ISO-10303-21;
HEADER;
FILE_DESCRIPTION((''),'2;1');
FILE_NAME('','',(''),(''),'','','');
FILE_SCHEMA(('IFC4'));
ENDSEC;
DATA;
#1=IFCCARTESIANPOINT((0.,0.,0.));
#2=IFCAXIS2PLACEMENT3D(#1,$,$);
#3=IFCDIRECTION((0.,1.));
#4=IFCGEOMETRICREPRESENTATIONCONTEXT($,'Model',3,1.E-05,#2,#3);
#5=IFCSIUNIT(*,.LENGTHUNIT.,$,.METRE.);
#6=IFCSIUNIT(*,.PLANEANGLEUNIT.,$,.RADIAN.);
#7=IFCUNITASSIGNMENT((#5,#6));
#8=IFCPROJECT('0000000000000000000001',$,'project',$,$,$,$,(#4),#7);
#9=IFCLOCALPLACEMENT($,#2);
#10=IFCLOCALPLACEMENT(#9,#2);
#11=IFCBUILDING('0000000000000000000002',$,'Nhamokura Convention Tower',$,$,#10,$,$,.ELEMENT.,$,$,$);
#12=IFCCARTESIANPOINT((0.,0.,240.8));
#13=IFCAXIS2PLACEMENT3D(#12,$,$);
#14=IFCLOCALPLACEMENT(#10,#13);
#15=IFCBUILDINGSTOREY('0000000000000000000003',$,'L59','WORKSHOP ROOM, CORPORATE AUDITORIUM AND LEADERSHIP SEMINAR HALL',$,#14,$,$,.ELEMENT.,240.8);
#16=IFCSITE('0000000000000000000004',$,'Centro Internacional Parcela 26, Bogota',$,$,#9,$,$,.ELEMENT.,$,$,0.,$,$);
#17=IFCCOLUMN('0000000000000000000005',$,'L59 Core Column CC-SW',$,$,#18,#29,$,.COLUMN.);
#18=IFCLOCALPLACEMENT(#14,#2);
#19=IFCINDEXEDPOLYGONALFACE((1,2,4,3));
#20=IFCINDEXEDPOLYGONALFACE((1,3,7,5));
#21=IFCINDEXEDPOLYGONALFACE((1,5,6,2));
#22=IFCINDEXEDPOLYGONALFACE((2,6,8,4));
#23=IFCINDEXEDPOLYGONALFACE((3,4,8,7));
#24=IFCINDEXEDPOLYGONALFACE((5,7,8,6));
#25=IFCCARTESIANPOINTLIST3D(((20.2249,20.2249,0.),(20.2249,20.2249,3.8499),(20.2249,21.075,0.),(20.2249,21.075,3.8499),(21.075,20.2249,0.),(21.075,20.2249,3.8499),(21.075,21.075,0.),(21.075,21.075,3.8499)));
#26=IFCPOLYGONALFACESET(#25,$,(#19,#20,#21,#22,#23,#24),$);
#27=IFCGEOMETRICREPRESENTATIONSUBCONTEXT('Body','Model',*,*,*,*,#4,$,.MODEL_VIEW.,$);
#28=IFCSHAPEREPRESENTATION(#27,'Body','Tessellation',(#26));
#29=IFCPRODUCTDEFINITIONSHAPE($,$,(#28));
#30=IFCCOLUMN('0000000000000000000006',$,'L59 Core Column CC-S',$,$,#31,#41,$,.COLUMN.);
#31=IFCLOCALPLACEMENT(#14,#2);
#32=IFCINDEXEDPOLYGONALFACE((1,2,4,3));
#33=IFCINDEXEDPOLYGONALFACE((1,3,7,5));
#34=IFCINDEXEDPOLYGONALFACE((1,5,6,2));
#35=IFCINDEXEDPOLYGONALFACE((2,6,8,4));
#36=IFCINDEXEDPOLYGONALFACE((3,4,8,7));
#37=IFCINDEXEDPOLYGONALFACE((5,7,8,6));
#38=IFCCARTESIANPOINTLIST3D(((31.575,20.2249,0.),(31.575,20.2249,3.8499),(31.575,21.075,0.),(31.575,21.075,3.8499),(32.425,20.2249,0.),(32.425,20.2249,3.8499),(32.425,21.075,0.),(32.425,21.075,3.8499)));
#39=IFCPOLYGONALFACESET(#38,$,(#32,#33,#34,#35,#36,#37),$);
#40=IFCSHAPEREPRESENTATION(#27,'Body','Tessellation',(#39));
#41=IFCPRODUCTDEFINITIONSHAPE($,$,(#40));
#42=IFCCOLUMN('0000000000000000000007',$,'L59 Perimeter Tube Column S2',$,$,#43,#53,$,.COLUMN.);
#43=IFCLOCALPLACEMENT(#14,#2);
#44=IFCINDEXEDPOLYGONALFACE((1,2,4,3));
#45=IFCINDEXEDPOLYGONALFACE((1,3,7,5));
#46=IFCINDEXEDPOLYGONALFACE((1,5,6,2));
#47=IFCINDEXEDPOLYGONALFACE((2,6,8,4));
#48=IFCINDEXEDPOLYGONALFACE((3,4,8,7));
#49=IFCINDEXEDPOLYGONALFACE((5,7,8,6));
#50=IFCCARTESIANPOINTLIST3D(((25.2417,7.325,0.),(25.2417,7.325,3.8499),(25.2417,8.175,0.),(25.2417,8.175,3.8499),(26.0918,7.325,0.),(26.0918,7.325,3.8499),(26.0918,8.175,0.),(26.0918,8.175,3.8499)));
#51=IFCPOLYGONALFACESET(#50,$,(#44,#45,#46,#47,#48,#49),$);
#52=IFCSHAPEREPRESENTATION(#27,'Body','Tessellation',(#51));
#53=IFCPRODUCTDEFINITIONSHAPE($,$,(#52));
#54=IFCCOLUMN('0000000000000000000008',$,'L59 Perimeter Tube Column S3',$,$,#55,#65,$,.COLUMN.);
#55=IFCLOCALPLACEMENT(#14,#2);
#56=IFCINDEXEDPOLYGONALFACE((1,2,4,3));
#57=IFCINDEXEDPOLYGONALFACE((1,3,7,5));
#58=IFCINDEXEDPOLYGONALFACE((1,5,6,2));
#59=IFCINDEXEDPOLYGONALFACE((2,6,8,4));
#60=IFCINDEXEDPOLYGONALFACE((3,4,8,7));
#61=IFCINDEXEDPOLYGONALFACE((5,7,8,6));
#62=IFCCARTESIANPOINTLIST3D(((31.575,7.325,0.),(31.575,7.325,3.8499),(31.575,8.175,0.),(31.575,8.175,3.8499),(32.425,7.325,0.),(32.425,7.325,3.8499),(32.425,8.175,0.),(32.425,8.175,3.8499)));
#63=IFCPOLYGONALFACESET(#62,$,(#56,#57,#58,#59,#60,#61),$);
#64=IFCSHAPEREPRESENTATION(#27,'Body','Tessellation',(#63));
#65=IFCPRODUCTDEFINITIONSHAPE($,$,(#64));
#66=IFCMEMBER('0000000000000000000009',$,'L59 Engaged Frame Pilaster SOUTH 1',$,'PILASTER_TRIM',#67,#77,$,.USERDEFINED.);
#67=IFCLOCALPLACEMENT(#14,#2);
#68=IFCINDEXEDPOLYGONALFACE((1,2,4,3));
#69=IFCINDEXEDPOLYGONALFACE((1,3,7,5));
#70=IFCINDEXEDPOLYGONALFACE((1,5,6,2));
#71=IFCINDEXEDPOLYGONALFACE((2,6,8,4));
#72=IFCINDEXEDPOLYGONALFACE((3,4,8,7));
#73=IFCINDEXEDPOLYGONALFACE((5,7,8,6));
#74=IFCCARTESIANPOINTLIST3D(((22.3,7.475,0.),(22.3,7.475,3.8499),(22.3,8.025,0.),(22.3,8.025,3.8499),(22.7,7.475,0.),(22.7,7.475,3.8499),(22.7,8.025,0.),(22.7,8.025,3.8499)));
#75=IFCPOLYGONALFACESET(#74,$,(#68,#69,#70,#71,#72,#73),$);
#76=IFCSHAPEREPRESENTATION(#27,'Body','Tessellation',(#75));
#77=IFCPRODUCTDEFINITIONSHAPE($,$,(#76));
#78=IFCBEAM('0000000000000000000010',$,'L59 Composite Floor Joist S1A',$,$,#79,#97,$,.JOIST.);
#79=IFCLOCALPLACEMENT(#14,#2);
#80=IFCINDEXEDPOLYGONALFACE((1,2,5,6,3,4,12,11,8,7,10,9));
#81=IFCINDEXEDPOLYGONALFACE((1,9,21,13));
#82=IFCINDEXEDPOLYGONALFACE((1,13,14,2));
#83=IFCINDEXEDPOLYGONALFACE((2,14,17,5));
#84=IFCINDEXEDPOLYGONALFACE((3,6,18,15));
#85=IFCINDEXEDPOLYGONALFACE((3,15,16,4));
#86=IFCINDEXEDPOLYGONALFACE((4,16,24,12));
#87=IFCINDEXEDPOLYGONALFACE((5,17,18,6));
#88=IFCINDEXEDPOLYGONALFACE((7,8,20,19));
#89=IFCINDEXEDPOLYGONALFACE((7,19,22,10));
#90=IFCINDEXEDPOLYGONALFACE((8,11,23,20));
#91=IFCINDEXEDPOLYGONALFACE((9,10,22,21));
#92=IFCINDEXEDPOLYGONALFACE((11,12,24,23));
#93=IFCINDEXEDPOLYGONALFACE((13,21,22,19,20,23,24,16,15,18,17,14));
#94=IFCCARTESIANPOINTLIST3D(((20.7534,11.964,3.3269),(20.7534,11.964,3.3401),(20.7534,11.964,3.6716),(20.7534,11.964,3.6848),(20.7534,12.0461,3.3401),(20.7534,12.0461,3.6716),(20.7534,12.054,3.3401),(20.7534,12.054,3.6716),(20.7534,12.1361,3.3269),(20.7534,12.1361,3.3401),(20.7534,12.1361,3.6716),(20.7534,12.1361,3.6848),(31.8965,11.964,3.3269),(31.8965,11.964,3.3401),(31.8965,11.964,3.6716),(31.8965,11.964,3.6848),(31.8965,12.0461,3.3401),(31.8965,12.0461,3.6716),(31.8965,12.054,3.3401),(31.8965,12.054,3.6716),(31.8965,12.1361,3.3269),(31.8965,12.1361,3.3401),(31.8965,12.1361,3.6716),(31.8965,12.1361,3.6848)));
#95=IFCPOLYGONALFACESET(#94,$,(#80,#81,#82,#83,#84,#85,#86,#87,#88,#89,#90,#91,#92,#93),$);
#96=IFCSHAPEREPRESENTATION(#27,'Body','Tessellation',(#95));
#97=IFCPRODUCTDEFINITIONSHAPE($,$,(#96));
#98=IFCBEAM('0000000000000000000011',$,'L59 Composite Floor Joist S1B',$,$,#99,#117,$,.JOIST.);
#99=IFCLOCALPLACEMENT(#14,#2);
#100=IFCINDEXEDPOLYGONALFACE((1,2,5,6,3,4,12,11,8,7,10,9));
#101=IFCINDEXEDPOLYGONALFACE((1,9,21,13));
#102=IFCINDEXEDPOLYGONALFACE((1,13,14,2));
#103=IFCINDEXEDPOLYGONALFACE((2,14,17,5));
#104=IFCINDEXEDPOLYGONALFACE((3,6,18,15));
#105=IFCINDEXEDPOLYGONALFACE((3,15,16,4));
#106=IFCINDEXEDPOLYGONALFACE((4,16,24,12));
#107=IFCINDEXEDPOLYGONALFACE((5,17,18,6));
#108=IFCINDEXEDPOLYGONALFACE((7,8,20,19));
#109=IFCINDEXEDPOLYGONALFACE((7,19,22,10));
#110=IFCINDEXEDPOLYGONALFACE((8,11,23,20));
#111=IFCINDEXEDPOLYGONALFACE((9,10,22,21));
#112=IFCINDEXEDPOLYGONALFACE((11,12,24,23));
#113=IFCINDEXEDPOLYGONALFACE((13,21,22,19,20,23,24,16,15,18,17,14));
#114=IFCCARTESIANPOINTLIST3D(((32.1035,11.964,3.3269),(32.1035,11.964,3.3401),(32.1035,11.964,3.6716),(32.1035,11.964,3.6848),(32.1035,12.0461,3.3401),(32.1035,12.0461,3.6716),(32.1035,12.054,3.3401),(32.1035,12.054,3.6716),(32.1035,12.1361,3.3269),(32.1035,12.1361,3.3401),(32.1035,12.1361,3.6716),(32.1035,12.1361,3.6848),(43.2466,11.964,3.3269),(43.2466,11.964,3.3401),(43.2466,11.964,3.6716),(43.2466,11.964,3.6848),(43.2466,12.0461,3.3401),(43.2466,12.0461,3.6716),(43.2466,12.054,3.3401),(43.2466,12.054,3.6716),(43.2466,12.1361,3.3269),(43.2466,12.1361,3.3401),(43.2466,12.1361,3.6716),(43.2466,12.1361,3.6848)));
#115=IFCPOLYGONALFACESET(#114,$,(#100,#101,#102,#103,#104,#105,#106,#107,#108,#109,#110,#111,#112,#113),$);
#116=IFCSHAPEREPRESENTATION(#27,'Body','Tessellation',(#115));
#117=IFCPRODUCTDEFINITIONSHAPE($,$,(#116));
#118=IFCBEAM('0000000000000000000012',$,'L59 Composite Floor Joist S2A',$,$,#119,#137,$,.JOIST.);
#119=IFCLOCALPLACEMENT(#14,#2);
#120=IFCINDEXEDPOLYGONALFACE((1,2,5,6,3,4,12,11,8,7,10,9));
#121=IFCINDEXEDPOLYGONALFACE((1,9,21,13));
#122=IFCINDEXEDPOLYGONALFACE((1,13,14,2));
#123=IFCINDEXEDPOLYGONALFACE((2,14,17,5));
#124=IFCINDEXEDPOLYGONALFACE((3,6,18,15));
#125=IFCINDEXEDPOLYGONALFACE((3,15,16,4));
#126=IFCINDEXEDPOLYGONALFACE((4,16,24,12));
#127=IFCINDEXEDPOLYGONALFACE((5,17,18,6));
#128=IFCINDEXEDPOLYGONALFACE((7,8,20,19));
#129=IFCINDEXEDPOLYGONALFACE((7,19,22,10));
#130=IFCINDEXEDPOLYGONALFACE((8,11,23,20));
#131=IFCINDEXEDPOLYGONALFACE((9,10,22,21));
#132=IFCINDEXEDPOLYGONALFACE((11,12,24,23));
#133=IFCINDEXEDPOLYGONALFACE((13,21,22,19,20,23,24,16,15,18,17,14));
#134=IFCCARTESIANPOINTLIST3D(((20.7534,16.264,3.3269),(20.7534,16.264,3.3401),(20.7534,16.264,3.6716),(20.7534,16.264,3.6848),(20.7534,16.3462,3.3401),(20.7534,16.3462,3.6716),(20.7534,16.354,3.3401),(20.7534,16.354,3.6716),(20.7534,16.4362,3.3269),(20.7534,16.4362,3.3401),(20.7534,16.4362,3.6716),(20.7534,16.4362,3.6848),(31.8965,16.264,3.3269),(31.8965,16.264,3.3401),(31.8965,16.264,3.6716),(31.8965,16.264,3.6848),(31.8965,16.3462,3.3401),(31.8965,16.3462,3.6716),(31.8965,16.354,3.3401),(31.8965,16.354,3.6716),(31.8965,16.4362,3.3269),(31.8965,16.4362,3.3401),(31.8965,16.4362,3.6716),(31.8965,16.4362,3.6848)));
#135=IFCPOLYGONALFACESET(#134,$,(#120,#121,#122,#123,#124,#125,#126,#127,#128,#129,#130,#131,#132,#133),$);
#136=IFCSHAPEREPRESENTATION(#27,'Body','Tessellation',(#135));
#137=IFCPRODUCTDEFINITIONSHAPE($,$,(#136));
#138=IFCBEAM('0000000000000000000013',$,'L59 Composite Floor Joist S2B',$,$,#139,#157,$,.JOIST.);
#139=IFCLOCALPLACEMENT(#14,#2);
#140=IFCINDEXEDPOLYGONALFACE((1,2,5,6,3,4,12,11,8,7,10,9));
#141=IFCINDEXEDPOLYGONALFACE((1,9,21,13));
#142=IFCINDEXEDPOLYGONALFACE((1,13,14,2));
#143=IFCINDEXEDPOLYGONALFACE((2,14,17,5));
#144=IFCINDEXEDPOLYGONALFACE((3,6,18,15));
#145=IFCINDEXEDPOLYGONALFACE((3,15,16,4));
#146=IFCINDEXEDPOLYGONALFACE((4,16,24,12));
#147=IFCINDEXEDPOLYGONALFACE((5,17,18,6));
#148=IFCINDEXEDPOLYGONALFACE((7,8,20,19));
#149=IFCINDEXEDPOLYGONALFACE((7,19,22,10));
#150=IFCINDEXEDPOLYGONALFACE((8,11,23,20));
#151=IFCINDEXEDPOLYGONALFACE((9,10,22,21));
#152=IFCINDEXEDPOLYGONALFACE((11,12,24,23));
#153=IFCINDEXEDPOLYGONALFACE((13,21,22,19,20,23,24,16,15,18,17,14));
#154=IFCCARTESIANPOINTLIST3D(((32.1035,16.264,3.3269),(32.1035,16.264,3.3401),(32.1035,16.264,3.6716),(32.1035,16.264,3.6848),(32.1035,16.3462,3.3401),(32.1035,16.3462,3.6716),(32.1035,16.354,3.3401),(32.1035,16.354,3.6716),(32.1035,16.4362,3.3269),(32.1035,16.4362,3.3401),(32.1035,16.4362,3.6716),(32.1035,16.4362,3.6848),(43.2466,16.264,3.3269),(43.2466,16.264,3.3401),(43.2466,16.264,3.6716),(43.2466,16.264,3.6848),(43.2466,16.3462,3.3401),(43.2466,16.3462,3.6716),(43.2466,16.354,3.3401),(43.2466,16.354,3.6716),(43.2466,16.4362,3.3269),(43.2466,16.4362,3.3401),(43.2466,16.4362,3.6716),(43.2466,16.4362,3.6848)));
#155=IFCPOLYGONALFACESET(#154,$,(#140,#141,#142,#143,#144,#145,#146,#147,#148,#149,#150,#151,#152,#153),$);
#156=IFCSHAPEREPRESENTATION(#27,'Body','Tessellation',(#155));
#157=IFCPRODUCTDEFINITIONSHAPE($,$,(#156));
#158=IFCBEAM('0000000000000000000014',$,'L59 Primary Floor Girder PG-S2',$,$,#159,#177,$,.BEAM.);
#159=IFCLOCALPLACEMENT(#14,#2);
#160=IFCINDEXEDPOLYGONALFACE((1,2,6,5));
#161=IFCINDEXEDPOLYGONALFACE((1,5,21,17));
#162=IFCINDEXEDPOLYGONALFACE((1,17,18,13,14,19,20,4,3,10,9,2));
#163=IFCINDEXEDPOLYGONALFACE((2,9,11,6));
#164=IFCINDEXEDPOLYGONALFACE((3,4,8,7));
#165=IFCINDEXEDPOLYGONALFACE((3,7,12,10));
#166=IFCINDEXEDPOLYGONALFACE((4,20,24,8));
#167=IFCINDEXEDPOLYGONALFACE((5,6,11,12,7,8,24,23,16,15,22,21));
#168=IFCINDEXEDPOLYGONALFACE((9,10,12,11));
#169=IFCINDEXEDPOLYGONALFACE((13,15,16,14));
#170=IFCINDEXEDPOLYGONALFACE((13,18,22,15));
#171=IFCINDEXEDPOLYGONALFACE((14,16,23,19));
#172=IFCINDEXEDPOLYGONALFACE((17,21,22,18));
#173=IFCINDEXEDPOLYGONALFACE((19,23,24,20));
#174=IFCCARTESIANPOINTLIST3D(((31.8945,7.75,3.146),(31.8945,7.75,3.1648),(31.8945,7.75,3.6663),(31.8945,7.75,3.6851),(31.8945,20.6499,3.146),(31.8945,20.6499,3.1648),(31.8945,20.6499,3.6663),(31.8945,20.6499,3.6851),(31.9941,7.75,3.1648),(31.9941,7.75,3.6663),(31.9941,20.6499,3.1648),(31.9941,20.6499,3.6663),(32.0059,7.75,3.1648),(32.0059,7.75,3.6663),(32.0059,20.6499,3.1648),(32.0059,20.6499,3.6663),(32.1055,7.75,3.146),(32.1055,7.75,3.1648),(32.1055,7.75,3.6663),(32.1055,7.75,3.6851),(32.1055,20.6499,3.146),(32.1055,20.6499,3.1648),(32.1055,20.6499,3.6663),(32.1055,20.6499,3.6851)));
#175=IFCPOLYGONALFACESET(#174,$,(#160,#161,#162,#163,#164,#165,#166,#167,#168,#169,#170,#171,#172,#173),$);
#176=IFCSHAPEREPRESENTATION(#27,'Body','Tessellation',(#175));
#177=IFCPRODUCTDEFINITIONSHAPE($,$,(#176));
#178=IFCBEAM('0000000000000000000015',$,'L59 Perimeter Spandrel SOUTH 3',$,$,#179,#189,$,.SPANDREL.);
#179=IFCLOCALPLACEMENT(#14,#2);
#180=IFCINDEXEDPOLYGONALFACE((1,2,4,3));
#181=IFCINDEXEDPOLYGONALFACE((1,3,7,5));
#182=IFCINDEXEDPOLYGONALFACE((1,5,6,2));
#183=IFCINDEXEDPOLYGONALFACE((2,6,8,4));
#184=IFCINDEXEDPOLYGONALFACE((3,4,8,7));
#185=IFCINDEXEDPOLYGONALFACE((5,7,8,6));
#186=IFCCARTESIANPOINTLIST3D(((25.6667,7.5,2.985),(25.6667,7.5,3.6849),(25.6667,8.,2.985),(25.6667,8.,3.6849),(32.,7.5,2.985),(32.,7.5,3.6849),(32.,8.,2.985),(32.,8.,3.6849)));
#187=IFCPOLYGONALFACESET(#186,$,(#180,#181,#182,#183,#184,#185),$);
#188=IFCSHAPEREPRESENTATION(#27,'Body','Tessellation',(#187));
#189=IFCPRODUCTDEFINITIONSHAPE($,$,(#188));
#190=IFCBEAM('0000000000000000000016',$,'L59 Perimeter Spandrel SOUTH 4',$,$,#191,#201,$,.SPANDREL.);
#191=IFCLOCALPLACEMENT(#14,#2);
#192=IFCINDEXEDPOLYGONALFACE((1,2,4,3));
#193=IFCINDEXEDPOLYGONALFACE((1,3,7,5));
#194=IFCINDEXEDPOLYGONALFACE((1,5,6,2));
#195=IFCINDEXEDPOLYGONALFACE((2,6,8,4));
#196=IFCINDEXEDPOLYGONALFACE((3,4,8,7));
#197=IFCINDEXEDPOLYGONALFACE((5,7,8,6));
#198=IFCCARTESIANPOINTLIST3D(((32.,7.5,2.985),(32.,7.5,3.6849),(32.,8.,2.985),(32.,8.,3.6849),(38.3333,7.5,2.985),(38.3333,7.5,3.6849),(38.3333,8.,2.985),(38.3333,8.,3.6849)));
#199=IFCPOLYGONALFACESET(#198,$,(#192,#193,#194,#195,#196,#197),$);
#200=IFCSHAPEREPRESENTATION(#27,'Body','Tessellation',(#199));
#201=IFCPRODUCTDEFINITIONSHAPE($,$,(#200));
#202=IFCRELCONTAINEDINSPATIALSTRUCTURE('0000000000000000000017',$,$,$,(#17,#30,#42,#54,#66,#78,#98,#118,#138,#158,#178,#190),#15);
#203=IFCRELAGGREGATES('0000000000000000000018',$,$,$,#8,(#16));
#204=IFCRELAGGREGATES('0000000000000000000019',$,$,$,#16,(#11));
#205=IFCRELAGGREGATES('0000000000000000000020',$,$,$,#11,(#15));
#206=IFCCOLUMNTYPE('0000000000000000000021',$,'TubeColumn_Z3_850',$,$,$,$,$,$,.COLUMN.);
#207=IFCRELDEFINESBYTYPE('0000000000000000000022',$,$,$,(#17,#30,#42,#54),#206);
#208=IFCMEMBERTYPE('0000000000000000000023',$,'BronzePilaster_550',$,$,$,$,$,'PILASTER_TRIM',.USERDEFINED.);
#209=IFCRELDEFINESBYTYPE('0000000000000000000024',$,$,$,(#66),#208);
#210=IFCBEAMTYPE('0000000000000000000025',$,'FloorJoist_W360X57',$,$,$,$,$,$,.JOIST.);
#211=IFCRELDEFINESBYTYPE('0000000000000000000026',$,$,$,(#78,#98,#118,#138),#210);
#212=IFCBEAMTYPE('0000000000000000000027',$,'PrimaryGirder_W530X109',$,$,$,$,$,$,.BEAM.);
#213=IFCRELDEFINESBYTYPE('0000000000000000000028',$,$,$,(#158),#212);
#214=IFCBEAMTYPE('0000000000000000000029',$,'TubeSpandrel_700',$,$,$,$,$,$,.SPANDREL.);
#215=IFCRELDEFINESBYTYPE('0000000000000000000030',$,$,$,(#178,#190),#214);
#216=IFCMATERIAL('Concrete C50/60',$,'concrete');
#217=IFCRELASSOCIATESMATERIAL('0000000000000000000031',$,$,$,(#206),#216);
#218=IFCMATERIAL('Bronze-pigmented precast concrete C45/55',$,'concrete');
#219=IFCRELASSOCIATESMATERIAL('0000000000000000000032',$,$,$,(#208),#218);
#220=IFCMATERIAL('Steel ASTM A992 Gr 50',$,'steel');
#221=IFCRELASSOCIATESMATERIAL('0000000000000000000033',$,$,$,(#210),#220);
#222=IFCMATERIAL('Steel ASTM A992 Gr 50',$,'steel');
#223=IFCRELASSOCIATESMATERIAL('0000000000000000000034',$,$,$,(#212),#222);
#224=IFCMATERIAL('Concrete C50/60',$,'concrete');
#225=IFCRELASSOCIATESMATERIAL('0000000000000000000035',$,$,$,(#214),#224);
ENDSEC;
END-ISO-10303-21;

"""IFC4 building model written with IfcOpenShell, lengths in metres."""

from ifc_helpers import new_model, si_unit, direction, frame, origin, origin_2d, place, context, subcontext, project, spatial, rectangle, i_section, extrude, material, material_profile, profile_set, type_object, element, save


model = new_model("IFC4")

# Units and contexts
model_context = context("Model", 3, precision=1e-05, world=origin(), true_north=direction((0.0, 1.0)))
body_context = subcontext(model_context, "Body", "Model", "MODEL_VIEW")
ifc_project = project(units=[si_unit("LENGTHUNIT", "METRE"), si_unit("PLANEANGLEUNIT", "RADIAN")], contexts=[model_context])

# Site, building, storey
site_placement = place(None, origin())
site = spatial("IfcSite", under=ifc_project, at=site_placement, Name="Centro Internacional Parcela 26, Bogota", CompositionType="ELEMENT", RefElevation=0.0)
building_placement = place(site_placement, origin())
building = spatial("IfcBuilding", under=site, at=building_placement, Name="Nhamokura Convention Tower", CompositionType="ELEMENT")
storey_placement = place(building_placement, frame((0.0, 0.0, 240.8)))
storey = spatial("IfcBuildingStorey", under=building, at=storey_placement, Name="L59", Description="WORKSHOP ROOM, CORPORATE AUDITORIUM AND LEADERSHIP SEMINAR HALL", CompositionType="ELEMENT", Elevation=240.8)

# Columns
ifc_material_1 = material(Name="Concrete C50/60", Category="concrete")
ifc_material_profile_1 = material_profile(ifc_material_1, rectangle(XDim=0.8501, YDim=0.8501, at=origin_2d()))
ifc_profile_set_1 = profile_set([ifc_material_profile_1], Name="Concrete C50/60")
column_type = type_object("IfcColumnType", Name="TubeColumn_Z3_850", PredefinedType="COLUMN", material=ifc_profile_set_1)
for number, where, z_axis, x_axis, name in (
    (1, (20.6499, 20.6499, 0.0), (0.0, 0.0, 1.0), (1.0, 0.0, 0.0), "L59 Core Column CC-SW"),
    (2, (32.0, 20.6499, 0.0), (0.0, 0.0, 1.0), (1.0, 0.0, 0.0), "L59 Core Column CC-S"),
    (3, (25.6667, 7.75, 0.0), (0.0, 0.0, 1.0), (1.0, 0.0, 0.0), "L59 Perimeter Tube Column S2"),
    (4, (32.0, 7.75, 0.0), (0.0, 0.0, 1.0), (1.0, 0.0, 0.0), "L59 Perimeter Tube Column S3"),
):
    element("IfcColumn", number, at=place(storey_placement, frame(where, z_axis=z_axis, x_axis=x_axis)), inside=storey, type_object=column_type, Name=name, PredefinedType="COLUMN", context=body_context, shape_type="SweptSolid", body=[
        extrude(rectangle(XDim=0.8501, YDim=0.8501, at=origin_2d()), origin(), (0.0, 0.0, 1.0), 3.8499),
    ])

# Member
ifc_material_2 = material(Name="Bronze-pigmented precast concrete C45/55", Category="concrete")
ifc_material_profile_2 = material_profile(ifc_material_2, rectangle(XDim=0.3999, YDim=0.55, at=origin_2d()))
ifc_profile_set_2 = profile_set([ifc_material_profile_2], Name="Bronze-pigmented precast concrete C45/55")
member_type = type_object("IfcMemberType", Name="BronzePilaster_550", ElementType="PILASTER_TRIM", PredefinedType="USERDEFINED", material=ifc_profile_set_2)
member_placement = place(storey_placement, frame((22.5, 7.75, 0.0), z_axis=(0.0, 0.0, 1.0), x_axis=(1.0, 0.0, 0.0)))
element("IfcMember", 5, at=member_placement, inside=storey, type_object=member_type, Name="L59 Engaged Frame Pilaster SOUTH 1", ObjectType="PILASTER_TRIM", PredefinedType="USERDEFINED", context=body_context, shape_type="SweptSolid", body=[
    extrude(rectangle(XDim=0.3999, YDim=0.55, at=origin_2d()), origin(), (0.0, 0.0, 1.0), 3.8499),
])

# Beams
ifc_material_3 = material(Name="Steel ASTM A992 Gr 50", Category="steel")
ifc_material_profile_3 = material_profile(ifc_material_3, i_section(OverallWidth=0.1721, OverallDepth=0.3579, WebThickness=0.0078, FlangeThickness=0.0132, at=origin_2d()))
ifc_profile_set_3 = profile_set([ifc_material_profile_3], Name="Steel ASTM A992 Gr 50")
beam_type_1 = type_object("IfcBeamType", Name="FloorJoist_W360X57", PredefinedType="JOIST", material=ifc_profile_set_3)
for number, where, z_axis, x_axis, name in (
    (6, (20.7534, 12.05, 3.5059), (1.0, 0.0, 0.0), (0.0, 1.0, 0.0), "L59 Composite Floor Joist S1A"),
    (7, (32.1035, 12.05, 3.5059), (1.0, 0.0, 0.0), (0.0, 1.0, 0.0), "L59 Composite Floor Joist S1B"),
    (8, (20.7534, 16.3501, 3.5059), (1.0, 0.0, 0.0), (0.0, 1.0, 0.0), "L59 Composite Floor Joist S2A"),
    (9, (32.1035, 16.3501, 3.5059), (1.0, 0.0, 0.0), (0.0, 1.0, 0.0), "L59 Composite Floor Joist S2B"),
):
    element("IfcBeam", number, at=place(storey_placement, frame(where, z_axis=z_axis, x_axis=x_axis)), inside=storey, type_object=beam_type_1, Name=name, PredefinedType="JOIST", context=body_context, shape_type="SweptSolid", body=[
        extrude(i_section(OverallWidth=0.1721, OverallDepth=0.3579, WebThickness=0.0078, FlangeThickness=0.0132, at=origin_2d()), origin(), (0.0, 0.0, 1.0), 11.1431),
    ])
ifc_material_4 = material(Name="Steel ASTM A992 Gr 50", Category="steel")
ifc_material_profile_4 = material_profile(ifc_material_4, i_section(OverallWidth=0.2109, OverallDepth=0.5391, WebThickness=0.0117, FlangeThickness=0.0188, at=origin_2d()))
ifc_profile_set_4 = profile_set([ifc_material_profile_4], Name="Steel ASTM A992 Gr 50")
beam_type_2 = type_object("IfcBeamType", Name="PrimaryGirder_W530X109", PredefinedType="BEAM", material=ifc_profile_set_4)
beam_placement = place(storey_placement, frame((32.0, 7.75, 3.4155), z_axis=(0.0, 1.0, 0.0), x_axis=(-1.0, 0.0, 0.0)))
element("IfcBeam", 10, at=beam_placement, inside=storey, type_object=beam_type_2, Name="L59 Primary Floor Girder PG-S2", PredefinedType="BEAM", context=body_context, shape_type="SweptSolid", body=[
    extrude(i_section(OverallWidth=0.2109, OverallDepth=0.5391, WebThickness=0.0117, FlangeThickness=0.0188, at=origin_2d()), origin(), (0.0, 0.0, 1.0), 12.8999),
])
ifc_material_5 = material(Name="Concrete C50/60", Category="concrete")
ifc_material_profile_5 = material_profile(ifc_material_5, rectangle(XDim=0.5, YDim=0.7, at=origin_2d()))
ifc_profile_set_5 = profile_set([ifc_material_profile_5], Name="Concrete C50/60")
beam_type_3 = type_object("IfcBeamType", Name="TubeSpandrel_700", PredefinedType="SPANDREL", material=ifc_profile_set_5)
for number, where, z_axis, x_axis, name in (
    (11, (25.6667, 7.75, 3.335), (1.0, 0.0, 0.0), (0.0, 1.0, 0.0), "L59 Perimeter Spandrel SOUTH 3"),
    (12, (32.0, 7.75, 3.335), (1.0, 0.0, 0.0), (0.0, 1.0, 0.0), "L59 Perimeter Spandrel SOUTH 4"),
):
    element("IfcBeam", number, at=place(storey_placement, frame(where, z_axis=z_axis, x_axis=x_axis)), inside=storey, type_object=beam_type_3, Name=name, PredefinedType="SPANDREL", context=body_context, shape_type="SweptSolid", body=[
        extrude(rectangle(XDim=0.5, YDim=0.7, at=origin_2d()), origin(), (0.0, 0.0, 1.0), 6.3333),
    ])

save(model, "model.ifc")
